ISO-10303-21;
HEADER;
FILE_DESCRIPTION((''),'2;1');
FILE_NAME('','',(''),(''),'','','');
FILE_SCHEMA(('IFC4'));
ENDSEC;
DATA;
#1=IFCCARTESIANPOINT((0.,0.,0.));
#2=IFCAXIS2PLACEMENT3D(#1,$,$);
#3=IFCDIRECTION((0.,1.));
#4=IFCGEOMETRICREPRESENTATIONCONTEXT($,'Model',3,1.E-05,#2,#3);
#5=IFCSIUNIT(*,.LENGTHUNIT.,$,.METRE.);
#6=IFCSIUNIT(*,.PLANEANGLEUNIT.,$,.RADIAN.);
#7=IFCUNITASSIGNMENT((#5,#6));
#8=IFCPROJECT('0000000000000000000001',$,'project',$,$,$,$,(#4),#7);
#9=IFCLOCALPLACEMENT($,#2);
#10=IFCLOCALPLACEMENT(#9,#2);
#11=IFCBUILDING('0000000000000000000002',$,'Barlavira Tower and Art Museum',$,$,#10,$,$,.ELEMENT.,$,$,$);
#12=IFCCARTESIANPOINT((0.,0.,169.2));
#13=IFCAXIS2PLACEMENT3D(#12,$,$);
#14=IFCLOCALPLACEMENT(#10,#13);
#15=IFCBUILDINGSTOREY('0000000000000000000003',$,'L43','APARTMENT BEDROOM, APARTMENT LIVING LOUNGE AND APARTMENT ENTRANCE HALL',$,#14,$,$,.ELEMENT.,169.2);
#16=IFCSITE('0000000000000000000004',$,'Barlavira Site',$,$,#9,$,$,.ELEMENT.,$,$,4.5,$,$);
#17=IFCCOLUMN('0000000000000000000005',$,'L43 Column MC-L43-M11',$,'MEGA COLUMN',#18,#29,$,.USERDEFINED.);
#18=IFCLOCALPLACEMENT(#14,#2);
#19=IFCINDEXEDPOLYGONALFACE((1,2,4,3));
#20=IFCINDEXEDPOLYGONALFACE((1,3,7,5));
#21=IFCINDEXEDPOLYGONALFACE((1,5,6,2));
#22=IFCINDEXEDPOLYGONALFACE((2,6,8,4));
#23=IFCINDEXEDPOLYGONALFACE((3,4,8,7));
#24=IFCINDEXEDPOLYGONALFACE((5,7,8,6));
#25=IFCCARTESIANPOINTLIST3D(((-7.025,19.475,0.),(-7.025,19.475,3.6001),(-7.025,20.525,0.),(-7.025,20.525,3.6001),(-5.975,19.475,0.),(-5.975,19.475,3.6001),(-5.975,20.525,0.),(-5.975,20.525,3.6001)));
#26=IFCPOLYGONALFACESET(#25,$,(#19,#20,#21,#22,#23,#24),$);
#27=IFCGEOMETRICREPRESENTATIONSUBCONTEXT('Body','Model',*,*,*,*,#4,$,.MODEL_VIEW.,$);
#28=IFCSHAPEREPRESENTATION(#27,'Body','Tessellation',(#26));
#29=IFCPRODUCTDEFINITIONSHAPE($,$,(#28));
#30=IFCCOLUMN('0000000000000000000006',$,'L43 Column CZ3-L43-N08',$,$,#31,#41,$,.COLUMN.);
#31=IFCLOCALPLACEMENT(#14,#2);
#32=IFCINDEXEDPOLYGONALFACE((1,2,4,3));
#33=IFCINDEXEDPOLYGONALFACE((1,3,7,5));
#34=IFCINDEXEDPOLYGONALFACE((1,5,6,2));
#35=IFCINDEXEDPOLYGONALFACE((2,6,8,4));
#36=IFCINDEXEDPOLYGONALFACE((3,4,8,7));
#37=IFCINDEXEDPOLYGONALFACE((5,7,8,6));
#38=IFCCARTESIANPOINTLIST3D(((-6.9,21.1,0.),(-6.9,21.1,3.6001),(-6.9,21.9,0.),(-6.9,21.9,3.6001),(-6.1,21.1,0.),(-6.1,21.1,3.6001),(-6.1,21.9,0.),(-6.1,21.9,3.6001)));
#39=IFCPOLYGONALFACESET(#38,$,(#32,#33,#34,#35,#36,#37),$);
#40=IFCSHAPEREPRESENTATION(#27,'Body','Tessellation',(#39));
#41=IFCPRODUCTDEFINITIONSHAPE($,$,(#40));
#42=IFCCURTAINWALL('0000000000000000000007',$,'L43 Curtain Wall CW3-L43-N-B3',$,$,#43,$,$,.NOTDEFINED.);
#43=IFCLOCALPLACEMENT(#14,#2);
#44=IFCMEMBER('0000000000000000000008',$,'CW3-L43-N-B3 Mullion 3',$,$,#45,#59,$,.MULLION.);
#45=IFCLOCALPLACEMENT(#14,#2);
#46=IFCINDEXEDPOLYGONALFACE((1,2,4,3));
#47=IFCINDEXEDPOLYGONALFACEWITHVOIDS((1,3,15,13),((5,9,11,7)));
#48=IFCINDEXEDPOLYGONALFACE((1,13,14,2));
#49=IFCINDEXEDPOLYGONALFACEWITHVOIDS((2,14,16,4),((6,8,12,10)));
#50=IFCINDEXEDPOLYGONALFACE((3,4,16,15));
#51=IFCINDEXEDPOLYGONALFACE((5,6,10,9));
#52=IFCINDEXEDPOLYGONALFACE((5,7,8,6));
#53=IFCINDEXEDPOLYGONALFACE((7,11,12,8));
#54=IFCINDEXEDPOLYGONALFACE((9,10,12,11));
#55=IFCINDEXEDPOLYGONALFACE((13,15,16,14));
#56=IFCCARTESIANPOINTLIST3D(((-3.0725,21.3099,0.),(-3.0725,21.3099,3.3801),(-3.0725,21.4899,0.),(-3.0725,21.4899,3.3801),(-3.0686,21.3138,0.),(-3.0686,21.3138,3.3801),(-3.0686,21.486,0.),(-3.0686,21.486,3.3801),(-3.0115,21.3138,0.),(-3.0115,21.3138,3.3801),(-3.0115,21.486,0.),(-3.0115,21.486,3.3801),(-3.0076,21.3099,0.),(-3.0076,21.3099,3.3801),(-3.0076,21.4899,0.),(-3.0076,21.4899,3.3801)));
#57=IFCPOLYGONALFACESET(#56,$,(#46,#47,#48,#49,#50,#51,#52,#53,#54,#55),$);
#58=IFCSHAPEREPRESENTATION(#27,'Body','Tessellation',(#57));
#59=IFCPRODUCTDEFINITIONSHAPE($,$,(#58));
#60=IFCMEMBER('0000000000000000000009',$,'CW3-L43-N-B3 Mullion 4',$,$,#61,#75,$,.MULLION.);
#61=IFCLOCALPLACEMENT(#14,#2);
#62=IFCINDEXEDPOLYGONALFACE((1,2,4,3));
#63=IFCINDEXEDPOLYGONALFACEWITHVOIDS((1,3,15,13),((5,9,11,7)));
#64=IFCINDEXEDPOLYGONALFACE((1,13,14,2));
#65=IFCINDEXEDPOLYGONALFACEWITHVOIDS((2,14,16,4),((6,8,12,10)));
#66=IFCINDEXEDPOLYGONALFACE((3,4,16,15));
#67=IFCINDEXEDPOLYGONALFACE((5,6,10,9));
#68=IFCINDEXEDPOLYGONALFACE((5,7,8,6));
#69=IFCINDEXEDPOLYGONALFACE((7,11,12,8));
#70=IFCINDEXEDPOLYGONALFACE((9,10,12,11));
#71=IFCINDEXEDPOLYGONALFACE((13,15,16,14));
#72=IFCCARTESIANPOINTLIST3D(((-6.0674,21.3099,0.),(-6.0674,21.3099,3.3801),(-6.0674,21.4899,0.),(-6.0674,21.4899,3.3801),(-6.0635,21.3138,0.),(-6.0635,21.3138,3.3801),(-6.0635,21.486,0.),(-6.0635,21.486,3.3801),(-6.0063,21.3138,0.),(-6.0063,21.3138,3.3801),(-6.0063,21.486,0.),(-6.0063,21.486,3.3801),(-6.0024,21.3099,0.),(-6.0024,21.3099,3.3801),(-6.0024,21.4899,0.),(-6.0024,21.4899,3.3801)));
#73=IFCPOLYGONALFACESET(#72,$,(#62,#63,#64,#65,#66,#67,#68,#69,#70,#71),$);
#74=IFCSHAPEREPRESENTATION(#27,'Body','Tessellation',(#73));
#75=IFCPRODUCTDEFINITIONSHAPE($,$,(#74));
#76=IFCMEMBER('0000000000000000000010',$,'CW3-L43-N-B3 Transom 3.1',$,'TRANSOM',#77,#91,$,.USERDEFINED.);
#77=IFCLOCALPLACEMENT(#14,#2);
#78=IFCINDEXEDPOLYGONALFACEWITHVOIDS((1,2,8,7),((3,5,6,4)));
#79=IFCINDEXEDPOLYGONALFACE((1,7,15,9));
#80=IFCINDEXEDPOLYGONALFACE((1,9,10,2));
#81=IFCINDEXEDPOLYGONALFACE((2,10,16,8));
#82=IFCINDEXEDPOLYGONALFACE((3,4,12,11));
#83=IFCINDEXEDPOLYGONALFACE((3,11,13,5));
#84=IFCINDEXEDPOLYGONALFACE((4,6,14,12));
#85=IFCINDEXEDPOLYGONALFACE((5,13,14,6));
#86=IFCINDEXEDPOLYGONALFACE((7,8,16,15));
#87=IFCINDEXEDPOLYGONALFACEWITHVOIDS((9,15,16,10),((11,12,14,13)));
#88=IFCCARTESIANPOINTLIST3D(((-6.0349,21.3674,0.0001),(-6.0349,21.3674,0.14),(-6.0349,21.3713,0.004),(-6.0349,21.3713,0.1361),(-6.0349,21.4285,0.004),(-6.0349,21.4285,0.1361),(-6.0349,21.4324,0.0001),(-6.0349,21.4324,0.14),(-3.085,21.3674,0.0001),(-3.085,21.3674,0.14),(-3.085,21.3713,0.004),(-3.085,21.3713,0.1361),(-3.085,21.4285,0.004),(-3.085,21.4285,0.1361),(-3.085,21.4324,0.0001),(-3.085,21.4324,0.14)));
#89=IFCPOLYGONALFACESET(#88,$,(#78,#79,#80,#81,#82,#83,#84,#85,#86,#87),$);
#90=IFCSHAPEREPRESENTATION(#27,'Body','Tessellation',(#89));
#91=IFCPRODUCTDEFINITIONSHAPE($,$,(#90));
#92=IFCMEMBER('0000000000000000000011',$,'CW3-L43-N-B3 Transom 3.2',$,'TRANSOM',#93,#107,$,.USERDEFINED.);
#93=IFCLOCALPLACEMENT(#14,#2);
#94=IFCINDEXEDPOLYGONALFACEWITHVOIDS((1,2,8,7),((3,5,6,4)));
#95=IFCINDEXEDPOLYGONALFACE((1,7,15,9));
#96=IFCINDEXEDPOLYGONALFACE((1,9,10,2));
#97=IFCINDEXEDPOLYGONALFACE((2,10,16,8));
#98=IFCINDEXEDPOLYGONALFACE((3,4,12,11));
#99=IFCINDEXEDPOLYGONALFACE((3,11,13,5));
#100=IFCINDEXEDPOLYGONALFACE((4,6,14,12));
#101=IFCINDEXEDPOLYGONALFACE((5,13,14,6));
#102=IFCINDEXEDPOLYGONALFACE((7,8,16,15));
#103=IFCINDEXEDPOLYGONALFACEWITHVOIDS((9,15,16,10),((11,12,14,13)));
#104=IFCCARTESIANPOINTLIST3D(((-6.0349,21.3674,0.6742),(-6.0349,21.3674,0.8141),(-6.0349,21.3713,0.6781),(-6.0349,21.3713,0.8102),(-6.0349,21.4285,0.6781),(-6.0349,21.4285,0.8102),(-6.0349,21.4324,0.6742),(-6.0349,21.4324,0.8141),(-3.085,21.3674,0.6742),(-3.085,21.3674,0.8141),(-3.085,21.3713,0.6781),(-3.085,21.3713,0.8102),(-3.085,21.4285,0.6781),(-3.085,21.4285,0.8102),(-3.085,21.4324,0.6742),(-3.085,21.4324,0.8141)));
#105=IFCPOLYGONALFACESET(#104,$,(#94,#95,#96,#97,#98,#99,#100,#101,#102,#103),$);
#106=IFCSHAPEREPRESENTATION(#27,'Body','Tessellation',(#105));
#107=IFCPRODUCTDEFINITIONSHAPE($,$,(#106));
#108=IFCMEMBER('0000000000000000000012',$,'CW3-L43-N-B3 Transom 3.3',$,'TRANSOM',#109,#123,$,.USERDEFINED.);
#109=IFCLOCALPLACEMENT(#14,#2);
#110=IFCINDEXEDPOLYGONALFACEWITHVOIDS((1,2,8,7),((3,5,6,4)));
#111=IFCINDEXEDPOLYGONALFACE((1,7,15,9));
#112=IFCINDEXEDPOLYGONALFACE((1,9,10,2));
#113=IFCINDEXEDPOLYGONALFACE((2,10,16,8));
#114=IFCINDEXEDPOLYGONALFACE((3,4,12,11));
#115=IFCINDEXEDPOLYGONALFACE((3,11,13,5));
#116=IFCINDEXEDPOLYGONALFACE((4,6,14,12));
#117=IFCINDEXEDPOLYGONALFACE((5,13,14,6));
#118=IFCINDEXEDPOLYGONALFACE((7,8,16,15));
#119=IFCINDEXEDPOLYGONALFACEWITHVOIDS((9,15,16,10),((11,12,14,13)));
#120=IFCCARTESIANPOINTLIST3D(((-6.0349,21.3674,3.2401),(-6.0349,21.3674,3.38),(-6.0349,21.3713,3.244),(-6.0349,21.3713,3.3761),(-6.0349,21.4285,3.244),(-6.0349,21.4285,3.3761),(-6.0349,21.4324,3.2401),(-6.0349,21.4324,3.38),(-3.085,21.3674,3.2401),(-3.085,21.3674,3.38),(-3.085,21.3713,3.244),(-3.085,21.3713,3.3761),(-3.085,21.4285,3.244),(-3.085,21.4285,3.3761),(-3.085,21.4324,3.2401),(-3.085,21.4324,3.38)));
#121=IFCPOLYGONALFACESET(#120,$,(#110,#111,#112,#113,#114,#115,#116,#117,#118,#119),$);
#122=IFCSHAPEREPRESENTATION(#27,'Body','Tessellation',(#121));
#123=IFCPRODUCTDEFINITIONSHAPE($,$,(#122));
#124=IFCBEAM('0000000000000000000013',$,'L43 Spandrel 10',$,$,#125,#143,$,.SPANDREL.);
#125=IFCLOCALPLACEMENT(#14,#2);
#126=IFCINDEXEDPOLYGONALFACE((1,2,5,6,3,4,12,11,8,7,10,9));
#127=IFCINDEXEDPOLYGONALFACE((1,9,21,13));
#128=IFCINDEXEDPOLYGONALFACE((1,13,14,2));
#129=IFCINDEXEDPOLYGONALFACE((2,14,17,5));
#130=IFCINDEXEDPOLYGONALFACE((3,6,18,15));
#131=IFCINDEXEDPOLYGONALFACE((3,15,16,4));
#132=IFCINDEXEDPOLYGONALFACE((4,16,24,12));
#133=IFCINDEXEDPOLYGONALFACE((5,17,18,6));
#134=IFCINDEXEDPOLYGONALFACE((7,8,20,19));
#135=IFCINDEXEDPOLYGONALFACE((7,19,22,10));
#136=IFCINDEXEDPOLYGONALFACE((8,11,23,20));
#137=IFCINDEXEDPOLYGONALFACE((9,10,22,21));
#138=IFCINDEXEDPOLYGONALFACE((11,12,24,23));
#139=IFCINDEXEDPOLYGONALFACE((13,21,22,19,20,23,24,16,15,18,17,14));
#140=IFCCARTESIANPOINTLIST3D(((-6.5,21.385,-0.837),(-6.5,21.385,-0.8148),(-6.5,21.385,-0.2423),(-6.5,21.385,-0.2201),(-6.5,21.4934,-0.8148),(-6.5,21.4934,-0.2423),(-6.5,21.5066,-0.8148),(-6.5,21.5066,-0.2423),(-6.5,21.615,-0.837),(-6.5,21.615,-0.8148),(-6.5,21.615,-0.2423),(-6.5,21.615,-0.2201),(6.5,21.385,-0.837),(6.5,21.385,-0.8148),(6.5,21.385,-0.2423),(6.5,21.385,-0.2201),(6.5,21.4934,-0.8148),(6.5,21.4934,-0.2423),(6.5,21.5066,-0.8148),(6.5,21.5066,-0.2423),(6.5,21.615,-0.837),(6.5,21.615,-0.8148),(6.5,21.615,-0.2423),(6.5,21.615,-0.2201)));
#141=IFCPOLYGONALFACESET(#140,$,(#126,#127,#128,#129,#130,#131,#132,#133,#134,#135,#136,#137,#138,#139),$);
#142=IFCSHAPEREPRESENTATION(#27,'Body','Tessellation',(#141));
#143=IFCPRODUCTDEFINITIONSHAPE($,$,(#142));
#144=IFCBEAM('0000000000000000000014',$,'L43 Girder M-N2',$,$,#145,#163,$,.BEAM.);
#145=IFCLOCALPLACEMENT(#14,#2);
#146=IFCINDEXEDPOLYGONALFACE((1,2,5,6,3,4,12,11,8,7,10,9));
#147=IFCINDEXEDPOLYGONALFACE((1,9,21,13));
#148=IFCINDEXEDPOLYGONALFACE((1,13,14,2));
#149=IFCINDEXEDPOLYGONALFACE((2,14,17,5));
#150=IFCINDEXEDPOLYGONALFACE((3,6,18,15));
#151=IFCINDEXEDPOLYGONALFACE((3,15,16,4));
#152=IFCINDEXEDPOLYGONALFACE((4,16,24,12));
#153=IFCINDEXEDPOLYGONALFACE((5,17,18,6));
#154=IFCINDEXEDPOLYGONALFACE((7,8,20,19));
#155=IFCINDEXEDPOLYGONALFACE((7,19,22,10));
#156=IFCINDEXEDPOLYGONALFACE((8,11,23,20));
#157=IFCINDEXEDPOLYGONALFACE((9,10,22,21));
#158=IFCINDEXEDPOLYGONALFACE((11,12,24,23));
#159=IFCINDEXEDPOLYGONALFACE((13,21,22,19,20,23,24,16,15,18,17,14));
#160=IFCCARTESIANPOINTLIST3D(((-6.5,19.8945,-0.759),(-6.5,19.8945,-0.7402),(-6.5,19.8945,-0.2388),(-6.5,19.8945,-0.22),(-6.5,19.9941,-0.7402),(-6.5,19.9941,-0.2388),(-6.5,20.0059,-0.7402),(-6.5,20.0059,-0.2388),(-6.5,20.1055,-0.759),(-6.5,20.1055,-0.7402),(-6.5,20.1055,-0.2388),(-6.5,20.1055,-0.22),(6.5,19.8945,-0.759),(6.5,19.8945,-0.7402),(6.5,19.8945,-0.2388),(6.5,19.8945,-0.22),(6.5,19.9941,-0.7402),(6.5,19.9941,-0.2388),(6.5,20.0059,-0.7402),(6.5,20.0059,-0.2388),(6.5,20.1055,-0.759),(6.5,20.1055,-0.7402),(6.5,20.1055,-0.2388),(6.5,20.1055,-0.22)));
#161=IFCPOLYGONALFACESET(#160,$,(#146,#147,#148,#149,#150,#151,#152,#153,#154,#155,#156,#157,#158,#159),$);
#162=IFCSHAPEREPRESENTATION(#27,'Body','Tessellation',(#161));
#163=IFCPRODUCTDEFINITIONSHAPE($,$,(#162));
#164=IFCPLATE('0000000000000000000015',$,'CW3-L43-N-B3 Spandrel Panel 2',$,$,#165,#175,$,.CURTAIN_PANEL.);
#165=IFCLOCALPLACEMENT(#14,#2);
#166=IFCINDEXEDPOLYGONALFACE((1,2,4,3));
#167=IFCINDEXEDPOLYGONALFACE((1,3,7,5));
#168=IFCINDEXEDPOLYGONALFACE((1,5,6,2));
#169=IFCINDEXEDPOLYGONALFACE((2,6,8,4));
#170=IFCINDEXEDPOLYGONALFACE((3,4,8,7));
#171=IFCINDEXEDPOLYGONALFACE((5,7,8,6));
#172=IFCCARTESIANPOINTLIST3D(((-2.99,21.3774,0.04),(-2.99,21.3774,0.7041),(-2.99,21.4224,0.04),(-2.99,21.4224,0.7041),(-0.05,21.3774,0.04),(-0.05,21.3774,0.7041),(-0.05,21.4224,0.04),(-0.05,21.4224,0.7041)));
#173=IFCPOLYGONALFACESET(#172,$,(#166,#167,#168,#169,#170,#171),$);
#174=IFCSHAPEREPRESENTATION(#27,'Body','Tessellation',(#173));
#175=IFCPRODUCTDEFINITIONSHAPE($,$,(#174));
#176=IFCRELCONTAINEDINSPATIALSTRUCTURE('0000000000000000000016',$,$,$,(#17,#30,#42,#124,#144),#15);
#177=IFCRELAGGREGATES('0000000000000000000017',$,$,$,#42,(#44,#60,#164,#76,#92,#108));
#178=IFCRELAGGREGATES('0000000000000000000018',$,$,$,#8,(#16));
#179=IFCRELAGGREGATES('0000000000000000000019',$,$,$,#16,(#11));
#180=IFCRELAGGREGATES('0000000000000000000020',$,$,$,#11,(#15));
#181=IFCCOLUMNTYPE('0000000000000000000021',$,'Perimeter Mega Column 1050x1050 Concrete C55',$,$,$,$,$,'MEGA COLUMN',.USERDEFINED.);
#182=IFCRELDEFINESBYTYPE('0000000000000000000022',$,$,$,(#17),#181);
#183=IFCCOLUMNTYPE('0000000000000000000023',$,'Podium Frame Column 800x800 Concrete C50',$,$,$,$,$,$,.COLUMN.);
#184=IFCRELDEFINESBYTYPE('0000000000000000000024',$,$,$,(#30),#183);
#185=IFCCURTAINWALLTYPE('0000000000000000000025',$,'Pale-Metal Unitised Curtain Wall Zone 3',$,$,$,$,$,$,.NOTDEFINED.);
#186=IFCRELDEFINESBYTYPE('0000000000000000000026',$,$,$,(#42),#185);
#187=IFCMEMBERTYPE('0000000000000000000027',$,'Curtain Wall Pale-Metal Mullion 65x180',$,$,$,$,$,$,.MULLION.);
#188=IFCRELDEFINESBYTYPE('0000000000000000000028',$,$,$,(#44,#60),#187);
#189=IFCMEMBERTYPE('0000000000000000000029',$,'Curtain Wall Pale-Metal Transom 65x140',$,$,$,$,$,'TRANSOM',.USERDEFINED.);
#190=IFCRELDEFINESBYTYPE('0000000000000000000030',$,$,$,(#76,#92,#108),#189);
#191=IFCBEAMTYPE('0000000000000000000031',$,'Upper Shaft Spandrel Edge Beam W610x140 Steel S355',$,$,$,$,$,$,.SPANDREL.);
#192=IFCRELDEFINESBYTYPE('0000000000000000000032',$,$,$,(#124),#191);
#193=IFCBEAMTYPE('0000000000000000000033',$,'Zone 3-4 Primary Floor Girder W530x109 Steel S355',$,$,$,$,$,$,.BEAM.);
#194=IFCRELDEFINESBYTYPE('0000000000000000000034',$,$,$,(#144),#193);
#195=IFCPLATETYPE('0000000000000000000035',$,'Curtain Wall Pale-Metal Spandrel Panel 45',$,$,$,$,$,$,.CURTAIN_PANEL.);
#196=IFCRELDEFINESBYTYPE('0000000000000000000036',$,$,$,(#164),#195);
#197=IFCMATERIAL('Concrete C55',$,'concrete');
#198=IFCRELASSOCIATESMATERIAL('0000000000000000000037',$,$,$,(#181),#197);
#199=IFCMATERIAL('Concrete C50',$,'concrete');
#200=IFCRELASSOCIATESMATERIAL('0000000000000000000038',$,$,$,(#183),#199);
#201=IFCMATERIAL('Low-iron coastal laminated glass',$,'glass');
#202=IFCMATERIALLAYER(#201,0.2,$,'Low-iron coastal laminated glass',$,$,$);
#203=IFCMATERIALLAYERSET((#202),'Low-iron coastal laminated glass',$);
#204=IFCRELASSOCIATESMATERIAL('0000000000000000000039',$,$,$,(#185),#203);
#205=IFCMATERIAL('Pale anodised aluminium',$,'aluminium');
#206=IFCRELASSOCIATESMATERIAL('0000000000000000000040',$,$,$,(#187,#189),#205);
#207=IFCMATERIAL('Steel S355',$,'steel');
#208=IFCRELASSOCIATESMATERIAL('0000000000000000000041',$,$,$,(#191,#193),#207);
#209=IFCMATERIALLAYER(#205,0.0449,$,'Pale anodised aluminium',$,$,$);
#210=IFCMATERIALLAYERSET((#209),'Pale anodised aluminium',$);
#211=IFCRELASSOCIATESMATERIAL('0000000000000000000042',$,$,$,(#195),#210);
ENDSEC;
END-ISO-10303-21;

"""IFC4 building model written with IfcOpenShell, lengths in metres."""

from ifc_helpers import new_model, si_unit, direction, frame, origin, origin_2d, place, context, subcontext, project, spatial, rectangle, hollow_rectangle, i_section, extrude, material, layer, layer_set, material_profile, profile_set, type_object, element, aggregate, save


model = new_model("IFC4")

# Units and contexts
model_context = context("Model", 3, precision=1e-05, world=origin(), true_north=direction((0.0, 1.0)))
body_context = subcontext(model_context, "Body", "Model", "MODEL_VIEW")
ifc_project = project(units=[si_unit("LENGTHUNIT", "METRE"), si_unit("PLANEANGLEUNIT", "RADIAN")], contexts=[model_context])

# Site, building, storey
site_placement = place(None, origin())
site = spatial("IfcSite", under=ifc_project, at=site_placement, Name="Barlavira Site", CompositionType="ELEMENT", RefElevation=4.5)
building_placement = place(site_placement, origin())
building = spatial("IfcBuilding", under=site, at=building_placement, Name="Barlavira Tower and Art Museum", CompositionType="ELEMENT")
storey_placement = place(building_placement, frame((0.0, 0.0, 169.2)))
storey = spatial("IfcBuildingStorey", under=building, at=storey_placement, Name="L43", Description="APARTMENT BEDROOM, APARTMENT LIVING LOUNGE AND APARTMENT ENTRANCE HALL", CompositionType="ELEMENT", Elevation=169.2)

# Columns
ifc_material_1 = material(Name="Concrete C55", Category="concrete")
ifc_material_profile_1 = material_profile(ifc_material_1, rectangle(XDim=1.05, YDim=1.05, at=origin_2d()), Name="RC-COL 1050x1050")
ifc_profile_set_1 = profile_set([ifc_material_profile_1], Name="Concrete C55")
column_type_1 = type_object("IfcColumnType", Name="Perimeter Mega Column 1050x1050 Concrete C55", ElementType="MEGA COLUMN", PredefinedType="USERDEFINED", material=ifc_profile_set_1)
column_1_placement = place(storey_placement, frame((-6.5, 20.0, 0.0), z_axis=(0.0, 0.0, 1.0), x_axis=(1.0, 0.0, 0.0)))
element("IfcColumn", 1, at=column_1_placement, inside=storey, type_object=column_type_1, Name="L43 Column MC-L43-M11", ObjectType="MEGA COLUMN", PredefinedType="USERDEFINED", context=body_context, shape_type="SweptSolid", body=[
    extrude(rectangle(XDim=1.05, YDim=1.05, at=origin_2d()), origin(), (0.0, 0.0, 1.0), 3.6001),
])
ifc_material_2 = material(Name="Concrete C50", Category="concrete")
ifc_material_profile_2 = material_profile(ifc_material_2, rectangle(XDim=0.8, YDim=0.8, at=origin_2d()), Name="RC-COL 800x800")
ifc_profile_set_2 = profile_set([ifc_material_profile_2], Name="Concrete C50")
column_type_2 = type_object("IfcColumnType", Name="Podium Frame Column 800x800 Concrete C50", PredefinedType="COLUMN", material=ifc_profile_set_2)
column_2_placement = place(storey_placement, frame((-6.5, 21.5, 0.0), z_axis=(0.0, 0.0, 1.0), x_axis=(1.0, 0.0, 0.0)))
element("IfcColumn", 2, at=column_2_placement, inside=storey, type_object=column_type_2, Name="L43 Column CZ3-L43-N08", PredefinedType="COLUMN", context=body_context, shape_type="SweptSolid", body=[
    extrude(rectangle(XDim=0.8, YDim=0.8, at=origin_2d()), origin(), (0.0, 0.0, 1.0), 3.6001),
])

# Curtain wall, members
ifc_material_3 = material(Name="Low-iron coastal laminated glass", Category="glass")
ifc_layer_1 = layer(ifc_material_3, 0.2, Name="Low-iron coastal laminated glass")
ifc_layer_set_1 = layer_set([ifc_layer_1], Name="Low-iron coastal laminated glass")
curtain_wall_type = type_object("IfcCurtainWallType", Name="Pale-Metal Unitised Curtain Wall Zone 3", PredefinedType="NOTDEFINED", material=ifc_layer_set_1)
curtain_wall_placement = place(storey_placement, origin())
curtain_wall = element("IfcCurtainWall", 3, at=curtain_wall_placement, inside=storey, type_object=curtain_wall_type, Name="L43 Curtain Wall CW3-L43-N-B3", PredefinedType="NOTDEFINED")
ifc_material_4 = material(Name="Pale anodised aluminium", Category="aluminium")
ifc_material_profile_3 = material_profile(ifc_material_4, hollow_rectangle(XDim=0.0649, YDim=0.1799, WallThickness=0.0039, at=origin_2d()), Name="ALU-MULL 65x180x4")
ifc_profile_set_3 = profile_set([ifc_material_profile_3], Name="Pale anodised aluminium")
member_type_1 = type_object("IfcMemberType", Name="Curtain Wall Pale-Metal Mullion 65x180", PredefinedType="MULLION", material=ifc_profile_set_3)
member_1_placement = place(storey_placement, frame((-3.04, 21.3999, 0.0), z_axis=(0.0, 0.0, 1.0), x_axis=(-1.0, 0.0, 0.0)))
member_1 = element("IfcMember", 4, at=member_1_placement, type_object=member_type_1, Name="CW3-L43-N-B3 Mullion 3", PredefinedType="MULLION", context=body_context, shape_type="SweptSolid", body=[
    extrude(hollow_rectangle(XDim=0.0649, YDim=0.1799, WallThickness=0.0039, at=origin_2d()), origin(), (0.0, 0.0, 1.0), 3.3801),
])
member_2_placement = place(storey_placement, frame((-6.0349, 21.3999, 0.0), z_axis=(0.0, 0.0, 1.0), x_axis=(-1.0, 0.0, 0.0)))
member_2 = element("IfcMember", 5, at=member_2_placement, type_object=member_type_1, Name="CW3-L43-N-B3 Mullion 4", PredefinedType="MULLION", context=body_context, shape_type="SweptSolid", body=[
    extrude(hollow_rectangle(XDim=0.0649, YDim=0.1799, WallThickness=0.0039, at=origin_2d()), origin(), (0.0, 0.0, 1.0), 3.3801),
])
ifc_material_profile_4 = material_profile(ifc_material_4, hollow_rectangle(XDim=0.0649, YDim=0.1399, WallThickness=0.0039, at=origin_2d()), Name="ALU-TRAN 65x140x4")
ifc_profile_set_4 = profile_set([ifc_material_profile_4], Name="Pale anodised aluminium")
member_type_2 = type_object("IfcMemberType", Name="Curtain Wall Pale-Metal Transom 65x140", ElementType="TRANSOM", PredefinedType="USERDEFINED", material=ifc_profile_set_4)
member_3_placement = place(storey_placement, frame((-3.085, 21.3999, 0.0701), z_axis=(-1.0, 0.0, 0.0), x_axis=(0.0, -1.0, 0.0)))
member_3 = element("IfcMember", 6, at=member_3_placement, type_object=member_type_2, Name="CW3-L43-N-B3 Transom 3.1", ObjectType="TRANSOM", PredefinedType="USERDEFINED", context=body_context, shape_type="SweptSolid", body=[
    extrude(hollow_rectangle(XDim=0.0649, YDim=0.1399, WallThickness=0.0039, at=origin_2d()), origin(), (0.0, 0.0, 1.0), 2.95),
])
member_4_placement = place(storey_placement, frame((-3.085, 21.3999, 0.7441), z_axis=(-1.0, 0.0, 0.0), x_axis=(0.0, -1.0, 0.0)))
member_4 = element("IfcMember", 7, at=member_4_placement, type_object=member_type_2, Name="CW3-L43-N-B3 Transom 3.2", ObjectType="TRANSOM", PredefinedType="USERDEFINED", context=body_context, shape_type="SweptSolid", body=[
    extrude(hollow_rectangle(XDim=0.0649, YDim=0.1399, WallThickness=0.0039, at=origin_2d()), origin(), (0.0, 0.0, 1.0), 2.95),
])
member_5_placement = place(storey_placement, frame((-3.085, 21.3999, 3.3101), z_axis=(-1.0, 0.0, 0.0), x_axis=(0.0, -1.0, 0.0)))
member_5 = element("IfcMember", 8, at=member_5_placement, type_object=member_type_2, Name="CW3-L43-N-B3 Transom 3.3", ObjectType="TRANSOM", PredefinedType="USERDEFINED", context=body_context, shape_type="SweptSolid", body=[
    extrude(hollow_rectangle(XDim=0.0649, YDim=0.1399, WallThickness=0.0039, at=origin_2d()), origin(), (0.0, 0.0, 1.0), 2.95),
])

# Beams
ifc_material_5 = material(Name="Steel S355", Category="steel")
ifc_material_profile_5 = material_profile(ifc_material_5, i_section(OverallWidth=0.23, OverallDepth=0.6169, WebThickness=0.0132, FlangeThickness=0.0222, at=origin_2d()), Name="W610x140.0")
ifc_profile_set_5 = profile_set([ifc_material_profile_5], Name="Steel S355")
beam_type_1 = type_object("IfcBeamType", Name="Upper Shaft Spandrel Edge Beam W610x140 Steel S355", PredefinedType="SPANDREL", material=ifc_profile_set_5)
beam_1_placement = place(storey_placement, frame((-6.5, 21.5, -0.5286), z_axis=(1.0, 0.0, 0.0), x_axis=(0.0, 1.0, 0.0)))
element("IfcBeam", 9, at=beam_1_placement, inside=storey, type_object=beam_type_1, Name="L43 Spandrel 10", PredefinedType="SPANDREL", context=body_context, shape_type="SweptSolid", body=[
    extrude(i_section(OverallWidth=0.23, OverallDepth=0.6169, WebThickness=0.0132, FlangeThickness=0.0222, at=origin_2d()), origin(), (0.0, 0.0, 1.0), 13.0),
])
ifc_material_profile_6 = material_profile(ifc_material_5, i_section(OverallWidth=0.2109, OverallDepth=0.5391, WebThickness=0.0117, FlangeThickness=0.0188, at=origin_2d()), Name="W530x109.0")
ifc_profile_set_6 = profile_set([ifc_material_profile_6], Name="Steel S355")
beam_type_2 = type_object("IfcBeamType", Name="Zone 3-4 Primary Floor Girder W530x109 Steel S355", PredefinedType="BEAM", material=ifc_profile_set_6)
beam_2_placement = place(storey_placement, frame((-6.5, 20.0, -0.4895), z_axis=(1.0, 0.0, 0.0), x_axis=(0.0, 1.0, 0.0)))
element("IfcBeam", 10, at=beam_2_placement, inside=storey, type_object=beam_type_2, Name="L43 Girder M-N2", PredefinedType="BEAM", context=body_context, shape_type="SweptSolid", body=[
    extrude(i_section(OverallWidth=0.2109, OverallDepth=0.5391, WebThickness=0.0117, FlangeThickness=0.0188, at=origin_2d()), origin(), (0.0, 0.0, 1.0), 13.0),
])

# Plate
ifc_layer_2 = layer(ifc_material_4, 0.0449, Name="Pale anodised aluminium")
ifc_layer_set_2 = layer_set([ifc_layer_2], Name="Pale anodised aluminium")
plate_type_1 = type_object("IfcPlateType", Name="Curtain Wall Pale-Metal Spandrel Panel 45", PredefinedType="CURTAIN_PANEL", material=ifc_layer_set_2)
plate_1_placement = place(storey_placement, frame((-1.52, 21.3999, 0.04), z_axis=(0.0, 0.0, 1.0), x_axis=(-1.0, 0.0, 0.0)))
plate_1 = element("IfcPlate", 11, at=plate_1_placement, type_object=plate_type_1, Name="CW3-L43-N-B3 Spandrel Panel 2", PredefinedType="CURTAIN_PANEL", context=body_context, shape_type="SweptSolid", body=[
    extrude(rectangle(XDim=2.9399, YDim=0.0449, at=origin_2d()), origin(), (0.0, 0.0, 1.0), 0.6641),
])
aggregate(curtain_wall, [member_1, member_2, plate_1, member_3, member_4, member_5])

save(model, "model.ifc")
